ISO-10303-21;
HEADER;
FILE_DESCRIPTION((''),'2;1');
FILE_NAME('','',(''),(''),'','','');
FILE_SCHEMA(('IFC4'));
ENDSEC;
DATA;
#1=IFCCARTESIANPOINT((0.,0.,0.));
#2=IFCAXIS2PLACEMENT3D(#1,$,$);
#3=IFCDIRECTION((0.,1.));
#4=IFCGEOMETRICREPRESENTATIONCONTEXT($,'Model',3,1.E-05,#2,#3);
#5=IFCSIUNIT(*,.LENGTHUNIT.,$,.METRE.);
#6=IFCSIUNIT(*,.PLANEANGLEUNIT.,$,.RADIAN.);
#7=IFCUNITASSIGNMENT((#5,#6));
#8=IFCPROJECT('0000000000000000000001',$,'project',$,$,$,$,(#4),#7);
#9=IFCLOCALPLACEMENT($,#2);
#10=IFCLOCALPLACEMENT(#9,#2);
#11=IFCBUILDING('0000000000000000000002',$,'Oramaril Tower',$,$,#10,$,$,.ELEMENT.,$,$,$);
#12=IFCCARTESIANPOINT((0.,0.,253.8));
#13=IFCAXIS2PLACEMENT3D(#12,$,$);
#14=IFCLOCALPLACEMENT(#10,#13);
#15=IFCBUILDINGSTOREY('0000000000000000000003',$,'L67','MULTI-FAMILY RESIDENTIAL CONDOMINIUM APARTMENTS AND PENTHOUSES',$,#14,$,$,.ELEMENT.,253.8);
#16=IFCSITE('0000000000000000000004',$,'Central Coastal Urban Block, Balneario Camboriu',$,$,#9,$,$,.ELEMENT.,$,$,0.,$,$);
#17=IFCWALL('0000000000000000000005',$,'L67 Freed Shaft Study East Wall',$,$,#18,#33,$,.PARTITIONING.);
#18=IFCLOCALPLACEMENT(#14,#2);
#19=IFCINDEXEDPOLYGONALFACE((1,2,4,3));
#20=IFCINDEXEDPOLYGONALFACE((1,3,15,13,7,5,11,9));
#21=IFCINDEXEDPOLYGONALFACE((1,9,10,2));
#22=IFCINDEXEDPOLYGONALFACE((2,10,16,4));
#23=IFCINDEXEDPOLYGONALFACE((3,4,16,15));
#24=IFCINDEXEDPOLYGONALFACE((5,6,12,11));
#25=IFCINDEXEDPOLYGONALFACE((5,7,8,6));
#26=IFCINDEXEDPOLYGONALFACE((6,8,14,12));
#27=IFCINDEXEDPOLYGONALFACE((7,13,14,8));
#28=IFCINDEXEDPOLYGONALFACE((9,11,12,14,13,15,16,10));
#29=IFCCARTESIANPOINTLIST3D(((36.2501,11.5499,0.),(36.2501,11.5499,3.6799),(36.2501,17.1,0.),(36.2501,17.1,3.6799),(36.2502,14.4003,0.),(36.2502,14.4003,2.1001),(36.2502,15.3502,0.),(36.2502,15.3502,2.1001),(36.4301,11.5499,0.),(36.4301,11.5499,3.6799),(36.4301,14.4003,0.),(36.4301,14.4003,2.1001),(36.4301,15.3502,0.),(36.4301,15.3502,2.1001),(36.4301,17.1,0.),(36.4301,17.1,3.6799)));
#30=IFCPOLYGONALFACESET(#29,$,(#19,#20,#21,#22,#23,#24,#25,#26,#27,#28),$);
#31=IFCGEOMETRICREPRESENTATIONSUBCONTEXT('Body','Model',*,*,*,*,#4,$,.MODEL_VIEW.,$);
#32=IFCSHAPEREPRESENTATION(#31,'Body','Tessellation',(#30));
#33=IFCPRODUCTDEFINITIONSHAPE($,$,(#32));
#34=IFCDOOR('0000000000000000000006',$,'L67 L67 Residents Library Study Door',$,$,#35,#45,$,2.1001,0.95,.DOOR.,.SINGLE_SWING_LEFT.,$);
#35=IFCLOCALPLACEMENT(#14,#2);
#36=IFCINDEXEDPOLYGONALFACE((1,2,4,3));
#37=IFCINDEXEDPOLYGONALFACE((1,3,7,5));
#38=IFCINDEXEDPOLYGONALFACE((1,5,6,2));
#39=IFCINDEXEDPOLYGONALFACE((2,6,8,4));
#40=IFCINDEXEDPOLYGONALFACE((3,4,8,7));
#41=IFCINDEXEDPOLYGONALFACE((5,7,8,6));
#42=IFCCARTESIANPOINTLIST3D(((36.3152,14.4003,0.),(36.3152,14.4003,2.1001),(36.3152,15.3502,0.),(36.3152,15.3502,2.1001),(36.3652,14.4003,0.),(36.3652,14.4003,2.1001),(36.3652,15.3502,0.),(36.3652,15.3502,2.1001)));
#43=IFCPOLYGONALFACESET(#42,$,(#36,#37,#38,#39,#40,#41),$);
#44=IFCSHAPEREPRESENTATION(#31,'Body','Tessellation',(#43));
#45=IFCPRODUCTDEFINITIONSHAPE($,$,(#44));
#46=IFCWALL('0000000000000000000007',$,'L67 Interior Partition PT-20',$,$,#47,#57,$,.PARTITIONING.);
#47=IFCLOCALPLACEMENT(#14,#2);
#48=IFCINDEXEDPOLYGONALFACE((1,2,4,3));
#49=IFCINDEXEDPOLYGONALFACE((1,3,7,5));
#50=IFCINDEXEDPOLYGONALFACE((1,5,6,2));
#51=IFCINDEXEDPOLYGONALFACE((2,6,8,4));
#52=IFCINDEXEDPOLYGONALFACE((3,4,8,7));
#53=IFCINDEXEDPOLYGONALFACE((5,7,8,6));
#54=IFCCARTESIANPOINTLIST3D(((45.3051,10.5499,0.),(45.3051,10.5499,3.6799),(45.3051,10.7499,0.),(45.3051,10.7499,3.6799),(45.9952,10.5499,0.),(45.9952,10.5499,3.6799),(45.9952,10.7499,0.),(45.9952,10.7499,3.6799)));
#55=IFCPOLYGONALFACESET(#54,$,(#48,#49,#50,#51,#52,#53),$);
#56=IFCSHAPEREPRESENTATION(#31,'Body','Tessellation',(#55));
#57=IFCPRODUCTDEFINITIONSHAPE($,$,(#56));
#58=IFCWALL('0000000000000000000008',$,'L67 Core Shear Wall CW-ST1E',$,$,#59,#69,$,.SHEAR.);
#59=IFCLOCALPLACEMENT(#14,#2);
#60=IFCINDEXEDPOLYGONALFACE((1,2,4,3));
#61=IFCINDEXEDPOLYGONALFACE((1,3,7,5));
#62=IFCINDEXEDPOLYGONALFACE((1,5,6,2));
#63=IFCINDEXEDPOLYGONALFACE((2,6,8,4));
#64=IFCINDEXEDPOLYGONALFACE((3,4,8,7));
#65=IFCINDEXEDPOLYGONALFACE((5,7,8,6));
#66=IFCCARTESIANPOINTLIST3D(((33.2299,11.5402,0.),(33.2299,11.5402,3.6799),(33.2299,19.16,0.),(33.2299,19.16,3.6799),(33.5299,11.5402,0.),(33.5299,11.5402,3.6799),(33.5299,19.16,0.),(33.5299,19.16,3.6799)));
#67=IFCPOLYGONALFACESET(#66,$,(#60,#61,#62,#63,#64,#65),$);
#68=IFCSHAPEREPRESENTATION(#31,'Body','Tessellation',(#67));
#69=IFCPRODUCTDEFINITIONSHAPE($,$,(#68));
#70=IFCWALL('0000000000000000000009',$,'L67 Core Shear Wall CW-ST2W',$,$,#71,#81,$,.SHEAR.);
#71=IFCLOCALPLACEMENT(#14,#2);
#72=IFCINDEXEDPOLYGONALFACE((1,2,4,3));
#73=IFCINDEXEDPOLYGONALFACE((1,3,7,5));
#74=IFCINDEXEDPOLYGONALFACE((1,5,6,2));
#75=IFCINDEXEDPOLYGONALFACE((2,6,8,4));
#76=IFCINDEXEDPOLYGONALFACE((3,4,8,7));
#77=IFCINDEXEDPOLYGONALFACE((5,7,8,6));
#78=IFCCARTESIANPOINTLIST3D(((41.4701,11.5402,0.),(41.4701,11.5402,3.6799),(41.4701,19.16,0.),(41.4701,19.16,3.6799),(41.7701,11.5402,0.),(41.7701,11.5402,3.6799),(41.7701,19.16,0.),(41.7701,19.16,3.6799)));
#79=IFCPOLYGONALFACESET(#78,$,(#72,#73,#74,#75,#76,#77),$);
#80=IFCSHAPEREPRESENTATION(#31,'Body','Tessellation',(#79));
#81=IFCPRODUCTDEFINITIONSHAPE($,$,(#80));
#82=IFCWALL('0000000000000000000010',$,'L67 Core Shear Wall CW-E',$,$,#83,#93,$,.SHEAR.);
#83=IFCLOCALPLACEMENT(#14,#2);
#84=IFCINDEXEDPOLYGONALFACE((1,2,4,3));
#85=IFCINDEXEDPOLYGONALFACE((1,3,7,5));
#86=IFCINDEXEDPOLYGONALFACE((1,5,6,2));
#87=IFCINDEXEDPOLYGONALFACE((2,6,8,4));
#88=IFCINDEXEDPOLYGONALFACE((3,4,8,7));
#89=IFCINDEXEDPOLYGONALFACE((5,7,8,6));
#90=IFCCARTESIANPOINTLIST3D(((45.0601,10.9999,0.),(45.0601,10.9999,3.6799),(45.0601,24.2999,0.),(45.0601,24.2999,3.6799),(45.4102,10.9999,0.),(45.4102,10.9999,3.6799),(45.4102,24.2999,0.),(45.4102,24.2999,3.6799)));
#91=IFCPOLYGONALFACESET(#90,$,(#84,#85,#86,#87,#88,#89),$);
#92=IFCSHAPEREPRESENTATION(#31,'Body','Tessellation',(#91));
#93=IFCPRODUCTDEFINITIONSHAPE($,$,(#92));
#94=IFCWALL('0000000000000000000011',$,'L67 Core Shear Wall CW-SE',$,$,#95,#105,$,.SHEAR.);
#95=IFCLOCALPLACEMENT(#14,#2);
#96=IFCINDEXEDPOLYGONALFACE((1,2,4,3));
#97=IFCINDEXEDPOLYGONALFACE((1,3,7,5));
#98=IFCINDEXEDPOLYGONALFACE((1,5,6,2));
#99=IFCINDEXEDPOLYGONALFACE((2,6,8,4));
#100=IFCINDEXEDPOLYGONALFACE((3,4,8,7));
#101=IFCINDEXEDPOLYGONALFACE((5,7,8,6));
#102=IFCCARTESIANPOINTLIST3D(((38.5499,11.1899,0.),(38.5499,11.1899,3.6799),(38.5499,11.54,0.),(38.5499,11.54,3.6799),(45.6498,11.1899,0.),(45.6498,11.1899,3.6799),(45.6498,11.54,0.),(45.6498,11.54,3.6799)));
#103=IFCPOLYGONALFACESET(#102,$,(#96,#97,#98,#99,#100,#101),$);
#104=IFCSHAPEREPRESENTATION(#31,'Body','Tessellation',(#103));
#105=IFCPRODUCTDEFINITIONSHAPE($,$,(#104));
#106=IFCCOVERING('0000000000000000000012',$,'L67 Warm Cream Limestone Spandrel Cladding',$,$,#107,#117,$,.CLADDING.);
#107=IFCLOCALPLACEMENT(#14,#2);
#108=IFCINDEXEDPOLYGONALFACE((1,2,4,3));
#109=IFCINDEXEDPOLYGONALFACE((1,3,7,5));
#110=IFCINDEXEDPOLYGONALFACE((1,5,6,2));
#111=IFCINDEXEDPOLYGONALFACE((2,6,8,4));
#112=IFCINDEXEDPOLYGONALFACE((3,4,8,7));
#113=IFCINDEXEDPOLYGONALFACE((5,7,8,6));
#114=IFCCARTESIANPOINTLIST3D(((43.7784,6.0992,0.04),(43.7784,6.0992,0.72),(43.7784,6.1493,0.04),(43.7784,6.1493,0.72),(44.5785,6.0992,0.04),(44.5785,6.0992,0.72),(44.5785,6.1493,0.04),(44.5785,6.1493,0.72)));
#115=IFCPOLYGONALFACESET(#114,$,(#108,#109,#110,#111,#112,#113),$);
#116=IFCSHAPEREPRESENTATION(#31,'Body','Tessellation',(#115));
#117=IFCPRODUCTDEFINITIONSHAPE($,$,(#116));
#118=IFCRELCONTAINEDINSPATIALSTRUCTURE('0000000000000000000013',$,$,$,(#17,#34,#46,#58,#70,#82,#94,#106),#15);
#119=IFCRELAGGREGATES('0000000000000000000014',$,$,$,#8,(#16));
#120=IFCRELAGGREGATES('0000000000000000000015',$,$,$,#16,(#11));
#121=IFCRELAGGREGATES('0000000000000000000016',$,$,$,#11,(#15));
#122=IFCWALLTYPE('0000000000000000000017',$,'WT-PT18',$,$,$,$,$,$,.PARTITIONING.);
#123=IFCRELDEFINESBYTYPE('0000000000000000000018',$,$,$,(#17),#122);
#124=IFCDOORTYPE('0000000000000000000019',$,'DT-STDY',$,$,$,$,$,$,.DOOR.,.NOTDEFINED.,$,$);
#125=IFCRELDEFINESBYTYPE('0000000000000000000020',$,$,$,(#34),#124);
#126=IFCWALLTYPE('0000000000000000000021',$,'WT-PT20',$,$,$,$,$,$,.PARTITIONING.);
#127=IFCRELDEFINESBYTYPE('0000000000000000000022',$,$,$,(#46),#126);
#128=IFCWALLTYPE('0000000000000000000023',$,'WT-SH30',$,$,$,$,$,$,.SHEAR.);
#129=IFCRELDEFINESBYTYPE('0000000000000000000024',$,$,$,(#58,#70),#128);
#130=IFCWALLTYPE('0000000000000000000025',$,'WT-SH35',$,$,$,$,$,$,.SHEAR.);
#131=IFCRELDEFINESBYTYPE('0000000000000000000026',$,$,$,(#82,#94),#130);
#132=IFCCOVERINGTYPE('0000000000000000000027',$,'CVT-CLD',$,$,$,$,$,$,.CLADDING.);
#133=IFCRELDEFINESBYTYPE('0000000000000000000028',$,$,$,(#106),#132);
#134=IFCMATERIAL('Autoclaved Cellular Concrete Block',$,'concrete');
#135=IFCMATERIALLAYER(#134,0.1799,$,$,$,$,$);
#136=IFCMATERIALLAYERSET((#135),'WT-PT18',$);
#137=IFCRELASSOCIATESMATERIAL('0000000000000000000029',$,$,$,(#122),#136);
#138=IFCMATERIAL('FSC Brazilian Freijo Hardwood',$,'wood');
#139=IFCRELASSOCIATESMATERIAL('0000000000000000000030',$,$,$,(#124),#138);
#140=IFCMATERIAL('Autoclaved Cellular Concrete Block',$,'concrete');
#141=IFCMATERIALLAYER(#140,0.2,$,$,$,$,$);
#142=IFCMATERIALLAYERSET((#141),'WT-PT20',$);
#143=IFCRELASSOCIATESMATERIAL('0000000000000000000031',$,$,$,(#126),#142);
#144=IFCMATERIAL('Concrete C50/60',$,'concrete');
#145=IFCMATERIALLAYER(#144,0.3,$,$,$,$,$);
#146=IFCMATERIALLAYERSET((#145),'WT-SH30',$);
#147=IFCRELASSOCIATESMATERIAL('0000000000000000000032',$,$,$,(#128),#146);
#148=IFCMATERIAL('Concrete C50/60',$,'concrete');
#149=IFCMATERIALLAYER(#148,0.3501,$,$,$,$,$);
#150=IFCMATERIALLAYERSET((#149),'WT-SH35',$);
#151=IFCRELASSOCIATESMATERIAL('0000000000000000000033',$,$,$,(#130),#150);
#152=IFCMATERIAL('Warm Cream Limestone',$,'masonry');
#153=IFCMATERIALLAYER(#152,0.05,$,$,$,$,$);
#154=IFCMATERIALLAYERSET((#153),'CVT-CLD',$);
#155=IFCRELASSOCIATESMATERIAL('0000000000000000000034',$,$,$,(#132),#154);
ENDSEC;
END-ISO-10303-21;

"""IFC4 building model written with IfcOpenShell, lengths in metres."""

from ifc_helpers import new_model, si_unit, direction, frame, frame_2d, origin, origin_2d, place, context, subcontext, project, spatial, rectangle, extrude, material, layer, layer_set, type_object, element, fill, save


model = new_model("IFC4")

# Units and contexts
model_context = context("Model", 3, precision=1e-05, world=origin(), true_north=direction((0.0, 1.0)))
body_context = subcontext(model_context, "Body", "Model", "MODEL_VIEW")
ifc_project = project(units=[si_unit("LENGTHUNIT", "METRE"), si_unit("PLANEANGLEUNIT", "RADIAN")], contexts=[model_context])

# Site, building, storey
site_placement = place(None, origin())
site = spatial("IfcSite", under=ifc_project, at=site_placement, Name="Central Coastal Urban Block, Balneario Camboriu", CompositionType="ELEMENT", RefElevation=0.0)
building_placement = place(site_placement, origin())
building = spatial("IfcBuilding", under=site, at=building_placement, Name="Oramaril Tower", CompositionType="ELEMENT")
storey_placement = place(building_placement, frame((0.0, 0.0, 253.8)))
storey = spatial("IfcBuildingStorey", under=building, at=storey_placement, Name="L67", Description="MULTI-FAMILY RESIDENTIAL CONDOMINIUM APARTMENTS AND PENTHOUSES", CompositionType="ELEMENT", Elevation=253.8)

# Wall, opening, door
ifc_material_1 = material(Name="Autoclaved Cellular Concrete Block", Category="concrete")
ifc_layer_1 = layer(ifc_material_1, 0.1799)
ifc_layer_set_1 = layer_set([ifc_layer_1], Name="WT-PT18")
wall_type_1 = type_object("IfcWallType", Name="WT-PT18", PredefinedType="PARTITIONING", material=ifc_layer_set_1)
wall_1_placement = place(storey_placement, frame((36.3401, 11.55, 0.0), z_axis=(0.0, 0.0, 1.0), x_axis=(0.0, 1.0, 0.0)))
wall_1 = element("IfcWall", 1, at=wall_1_placement, inside=storey, type_object=wall_type_1, Name="L67 Freed Shaft Study East Wall", PredefinedType="PARTITIONING", context=body_context, shape_type="SweptSolid", body=[
    extrude(rectangle(XDim=5.55, YDim=0.1799, at=frame_2d((2.7749, 0.0))), origin(), (0.0, 0.0, 1.0), 3.6799),
])
opening_placement = place(wall_1_placement, frame((2.8501, 0.0, 0.0)))
opening = element("IfcOpeningElement", 2, at=opening_placement, cuts=wall_1, PredefinedType="OPENING", context=body_context, shape_type="SweptSolid", body=[
    extrude(rectangle(XDim=0.95, YDim=2.1001, at=frame_2d((0.4751, 1.05))), frame((0.0, 0.0898, 0.0), z_axis=(0.0, -1.0, 0.0), x_axis=(1.0, 0.0, 0.0)), (0.0, 0.0, 1.0), 0.1799),
])
ifc_material_2 = material(Name="FSC Brazilian Freijo Hardwood", Category="wood")
door_type = type_object("IfcDoorType", Name="DT-STDY", OperationType="NOTDEFINED", PredefinedType="DOOR", material=ifc_material_2)
door_placement = place(opening_placement, origin())
door = element("IfcDoor", 3, at=door_placement, inside=storey, type_object=door_type, Name="L67 L67 Residents Library Study Door", OperationType="SINGLE_SWING_LEFT", OverallHeight=2.1001, OverallWidth=0.95, PredefinedType="DOOR", context=body_context, shape_type="SweptSolid", body=[
    extrude(rectangle(XDim=0.95, YDim=2.1001, at=frame_2d((0.4751, 1.05))), frame((0.0, 0.0249, 0.0), z_axis=(0.0, -1.0, 0.0), x_axis=(1.0, 0.0, 0.0)), (0.0, 0.0, 1.0), 0.05),
])
fill(opening, door)

# Walls
ifc_material_3 = material(Name="Autoclaved Cellular Concrete Block", Category="concrete")
ifc_layer_2 = layer(ifc_material_3, 0.2)
ifc_layer_set_2 = layer_set([ifc_layer_2], Name="WT-PT20")
wall_type_2 = type_object("IfcWallType", Name="WT-PT20", PredefinedType="PARTITIONING", material=ifc_layer_set_2)
wall_2_placement = place(storey_placement, frame((45.3049, 10.6499, 0.0), z_axis=(0.0, 0.0, 1.0), x_axis=(1.0, 0.0, 0.0)))
element("IfcWall", 4, at=wall_2_placement, inside=storey, type_object=wall_type_2, Name="L67 Interior Partition PT-20", PredefinedType="PARTITIONING", context=body_context, shape_type="SweptSolid", body=[
    extrude(rectangle(XDim=0.6902, YDim=0.2, at=frame_2d((0.3452, 0.0))), origin(), (0.0, 0.0, 1.0), 3.6799),
])
ifc_material_4 = material(Name="Concrete C50/60", Category="concrete")
ifc_layer_3 = layer(ifc_material_4, 0.3)
ifc_layer_set_3 = layer_set([ifc_layer_3], Name="WT-SH30")
wall_type_3 = type_object("IfcWallType", Name="WT-SH30", PredefinedType="SHEAR", material=ifc_layer_set_3)
for number, where, z_axis, x_axis, name in (
    (5, (33.3799, 11.54, 0.0), (0.0, 0.0, 1.0), (0.0, 1.0, 0.0), "L67 Core Shear Wall CW-ST1E"),
    (6, (41.6201, 11.54, 0.0), (0.0, 0.0, 1.0), (0.0, 1.0, 0.0), "L67 Core Shear Wall CW-ST2W"),
):
    element("IfcWall", number, at=place(storey_placement, frame(where, z_axis=z_axis, x_axis=x_axis)), inside=storey, type_object=wall_type_3, Name=name, PredefinedType="SHEAR", context=body_context, shape_type="SweptSolid", body=[
        extrude(rectangle(XDim=7.6199, YDim=0.3, at=frame_2d((3.8101, 0.0))), origin(), (0.0, 0.0, 1.0), 3.6799),
    ])
ifc_material_5 = material(Name="Concrete C50/60", Category="concrete")
ifc_layer_4 = layer(ifc_material_5, 0.3501)
ifc_layer_set_4 = layer_set([ifc_layer_4], Name="WT-SH35")
wall_type_4 = type_object("IfcWallType", Name="WT-SH35", PredefinedType="SHEAR", material=ifc_layer_set_4)
wall_3_placement = place(storey_placement, frame((45.2351, 11.0, 0.0), z_axis=(0.0, 0.0, 1.0), x_axis=(0.0, 1.0, 0.0)))
element("IfcWall", 7, at=wall_3_placement, inside=storey, type_object=wall_type_4, Name="L67 Core Shear Wall CW-E", PredefinedType="SHEAR", context=body_context, shape_type="SweptSolid", body=[
    extrude(rectangle(XDim=13.3, YDim=0.3501, at=frame_2d((6.6499, 0.0))), origin(), (0.0, 0.0, 1.0), 3.6799),
])
wall_4_placement = place(storey_placement, frame((38.55, 11.365, 0.0), z_axis=(0.0, 0.0, 1.0), x_axis=(1.0, 0.0, 0.0)))
element("IfcWall", 8, at=wall_4_placement, inside=storey, type_object=wall_type_4, Name="L67 Core Shear Wall CW-SE", PredefinedType="SHEAR", context=body_context, shape_type="SweptSolid", body=[
    extrude(rectangle(XDim=7.0999, YDim=0.3501, at=frame_2d((3.5498, 0.0))), origin(), (0.0, 0.0, 1.0), 3.6799),
])

# Covering
ifc_material_6 = material(Name="Warm Cream Limestone", Category="masonry")
ifc_layer_5 = layer(ifc_material_6, 0.05)
ifc_layer_set_5 = layer_set([ifc_layer_5], Name="CVT-CLD")
covering_type = type_object("IfcCoveringType", Name="CVT-CLD", PredefinedType="CLADDING", material=ifc_layer_set_5)
covering_placement = place(storey_placement, frame((44.1785, 6.1243, 0.04), z_axis=(0.0, 0.0, 1.0), x_axis=(1.0, 0.0, 0.0)))
element("IfcCovering", 9, at=covering_placement, inside=storey, type_object=covering_type, Name="L67 Warm Cream Limestone Spandrel Cladding", PredefinedType="CLADDING", context=body_context, shape_type="SweptSolid", body=[
    extrude(rectangle(XDim=0.8, YDim=0.05, at=origin_2d()), origin(), (0.0, 0.0, 1.0), 0.6799),
])

save(model, "model.ifc")
